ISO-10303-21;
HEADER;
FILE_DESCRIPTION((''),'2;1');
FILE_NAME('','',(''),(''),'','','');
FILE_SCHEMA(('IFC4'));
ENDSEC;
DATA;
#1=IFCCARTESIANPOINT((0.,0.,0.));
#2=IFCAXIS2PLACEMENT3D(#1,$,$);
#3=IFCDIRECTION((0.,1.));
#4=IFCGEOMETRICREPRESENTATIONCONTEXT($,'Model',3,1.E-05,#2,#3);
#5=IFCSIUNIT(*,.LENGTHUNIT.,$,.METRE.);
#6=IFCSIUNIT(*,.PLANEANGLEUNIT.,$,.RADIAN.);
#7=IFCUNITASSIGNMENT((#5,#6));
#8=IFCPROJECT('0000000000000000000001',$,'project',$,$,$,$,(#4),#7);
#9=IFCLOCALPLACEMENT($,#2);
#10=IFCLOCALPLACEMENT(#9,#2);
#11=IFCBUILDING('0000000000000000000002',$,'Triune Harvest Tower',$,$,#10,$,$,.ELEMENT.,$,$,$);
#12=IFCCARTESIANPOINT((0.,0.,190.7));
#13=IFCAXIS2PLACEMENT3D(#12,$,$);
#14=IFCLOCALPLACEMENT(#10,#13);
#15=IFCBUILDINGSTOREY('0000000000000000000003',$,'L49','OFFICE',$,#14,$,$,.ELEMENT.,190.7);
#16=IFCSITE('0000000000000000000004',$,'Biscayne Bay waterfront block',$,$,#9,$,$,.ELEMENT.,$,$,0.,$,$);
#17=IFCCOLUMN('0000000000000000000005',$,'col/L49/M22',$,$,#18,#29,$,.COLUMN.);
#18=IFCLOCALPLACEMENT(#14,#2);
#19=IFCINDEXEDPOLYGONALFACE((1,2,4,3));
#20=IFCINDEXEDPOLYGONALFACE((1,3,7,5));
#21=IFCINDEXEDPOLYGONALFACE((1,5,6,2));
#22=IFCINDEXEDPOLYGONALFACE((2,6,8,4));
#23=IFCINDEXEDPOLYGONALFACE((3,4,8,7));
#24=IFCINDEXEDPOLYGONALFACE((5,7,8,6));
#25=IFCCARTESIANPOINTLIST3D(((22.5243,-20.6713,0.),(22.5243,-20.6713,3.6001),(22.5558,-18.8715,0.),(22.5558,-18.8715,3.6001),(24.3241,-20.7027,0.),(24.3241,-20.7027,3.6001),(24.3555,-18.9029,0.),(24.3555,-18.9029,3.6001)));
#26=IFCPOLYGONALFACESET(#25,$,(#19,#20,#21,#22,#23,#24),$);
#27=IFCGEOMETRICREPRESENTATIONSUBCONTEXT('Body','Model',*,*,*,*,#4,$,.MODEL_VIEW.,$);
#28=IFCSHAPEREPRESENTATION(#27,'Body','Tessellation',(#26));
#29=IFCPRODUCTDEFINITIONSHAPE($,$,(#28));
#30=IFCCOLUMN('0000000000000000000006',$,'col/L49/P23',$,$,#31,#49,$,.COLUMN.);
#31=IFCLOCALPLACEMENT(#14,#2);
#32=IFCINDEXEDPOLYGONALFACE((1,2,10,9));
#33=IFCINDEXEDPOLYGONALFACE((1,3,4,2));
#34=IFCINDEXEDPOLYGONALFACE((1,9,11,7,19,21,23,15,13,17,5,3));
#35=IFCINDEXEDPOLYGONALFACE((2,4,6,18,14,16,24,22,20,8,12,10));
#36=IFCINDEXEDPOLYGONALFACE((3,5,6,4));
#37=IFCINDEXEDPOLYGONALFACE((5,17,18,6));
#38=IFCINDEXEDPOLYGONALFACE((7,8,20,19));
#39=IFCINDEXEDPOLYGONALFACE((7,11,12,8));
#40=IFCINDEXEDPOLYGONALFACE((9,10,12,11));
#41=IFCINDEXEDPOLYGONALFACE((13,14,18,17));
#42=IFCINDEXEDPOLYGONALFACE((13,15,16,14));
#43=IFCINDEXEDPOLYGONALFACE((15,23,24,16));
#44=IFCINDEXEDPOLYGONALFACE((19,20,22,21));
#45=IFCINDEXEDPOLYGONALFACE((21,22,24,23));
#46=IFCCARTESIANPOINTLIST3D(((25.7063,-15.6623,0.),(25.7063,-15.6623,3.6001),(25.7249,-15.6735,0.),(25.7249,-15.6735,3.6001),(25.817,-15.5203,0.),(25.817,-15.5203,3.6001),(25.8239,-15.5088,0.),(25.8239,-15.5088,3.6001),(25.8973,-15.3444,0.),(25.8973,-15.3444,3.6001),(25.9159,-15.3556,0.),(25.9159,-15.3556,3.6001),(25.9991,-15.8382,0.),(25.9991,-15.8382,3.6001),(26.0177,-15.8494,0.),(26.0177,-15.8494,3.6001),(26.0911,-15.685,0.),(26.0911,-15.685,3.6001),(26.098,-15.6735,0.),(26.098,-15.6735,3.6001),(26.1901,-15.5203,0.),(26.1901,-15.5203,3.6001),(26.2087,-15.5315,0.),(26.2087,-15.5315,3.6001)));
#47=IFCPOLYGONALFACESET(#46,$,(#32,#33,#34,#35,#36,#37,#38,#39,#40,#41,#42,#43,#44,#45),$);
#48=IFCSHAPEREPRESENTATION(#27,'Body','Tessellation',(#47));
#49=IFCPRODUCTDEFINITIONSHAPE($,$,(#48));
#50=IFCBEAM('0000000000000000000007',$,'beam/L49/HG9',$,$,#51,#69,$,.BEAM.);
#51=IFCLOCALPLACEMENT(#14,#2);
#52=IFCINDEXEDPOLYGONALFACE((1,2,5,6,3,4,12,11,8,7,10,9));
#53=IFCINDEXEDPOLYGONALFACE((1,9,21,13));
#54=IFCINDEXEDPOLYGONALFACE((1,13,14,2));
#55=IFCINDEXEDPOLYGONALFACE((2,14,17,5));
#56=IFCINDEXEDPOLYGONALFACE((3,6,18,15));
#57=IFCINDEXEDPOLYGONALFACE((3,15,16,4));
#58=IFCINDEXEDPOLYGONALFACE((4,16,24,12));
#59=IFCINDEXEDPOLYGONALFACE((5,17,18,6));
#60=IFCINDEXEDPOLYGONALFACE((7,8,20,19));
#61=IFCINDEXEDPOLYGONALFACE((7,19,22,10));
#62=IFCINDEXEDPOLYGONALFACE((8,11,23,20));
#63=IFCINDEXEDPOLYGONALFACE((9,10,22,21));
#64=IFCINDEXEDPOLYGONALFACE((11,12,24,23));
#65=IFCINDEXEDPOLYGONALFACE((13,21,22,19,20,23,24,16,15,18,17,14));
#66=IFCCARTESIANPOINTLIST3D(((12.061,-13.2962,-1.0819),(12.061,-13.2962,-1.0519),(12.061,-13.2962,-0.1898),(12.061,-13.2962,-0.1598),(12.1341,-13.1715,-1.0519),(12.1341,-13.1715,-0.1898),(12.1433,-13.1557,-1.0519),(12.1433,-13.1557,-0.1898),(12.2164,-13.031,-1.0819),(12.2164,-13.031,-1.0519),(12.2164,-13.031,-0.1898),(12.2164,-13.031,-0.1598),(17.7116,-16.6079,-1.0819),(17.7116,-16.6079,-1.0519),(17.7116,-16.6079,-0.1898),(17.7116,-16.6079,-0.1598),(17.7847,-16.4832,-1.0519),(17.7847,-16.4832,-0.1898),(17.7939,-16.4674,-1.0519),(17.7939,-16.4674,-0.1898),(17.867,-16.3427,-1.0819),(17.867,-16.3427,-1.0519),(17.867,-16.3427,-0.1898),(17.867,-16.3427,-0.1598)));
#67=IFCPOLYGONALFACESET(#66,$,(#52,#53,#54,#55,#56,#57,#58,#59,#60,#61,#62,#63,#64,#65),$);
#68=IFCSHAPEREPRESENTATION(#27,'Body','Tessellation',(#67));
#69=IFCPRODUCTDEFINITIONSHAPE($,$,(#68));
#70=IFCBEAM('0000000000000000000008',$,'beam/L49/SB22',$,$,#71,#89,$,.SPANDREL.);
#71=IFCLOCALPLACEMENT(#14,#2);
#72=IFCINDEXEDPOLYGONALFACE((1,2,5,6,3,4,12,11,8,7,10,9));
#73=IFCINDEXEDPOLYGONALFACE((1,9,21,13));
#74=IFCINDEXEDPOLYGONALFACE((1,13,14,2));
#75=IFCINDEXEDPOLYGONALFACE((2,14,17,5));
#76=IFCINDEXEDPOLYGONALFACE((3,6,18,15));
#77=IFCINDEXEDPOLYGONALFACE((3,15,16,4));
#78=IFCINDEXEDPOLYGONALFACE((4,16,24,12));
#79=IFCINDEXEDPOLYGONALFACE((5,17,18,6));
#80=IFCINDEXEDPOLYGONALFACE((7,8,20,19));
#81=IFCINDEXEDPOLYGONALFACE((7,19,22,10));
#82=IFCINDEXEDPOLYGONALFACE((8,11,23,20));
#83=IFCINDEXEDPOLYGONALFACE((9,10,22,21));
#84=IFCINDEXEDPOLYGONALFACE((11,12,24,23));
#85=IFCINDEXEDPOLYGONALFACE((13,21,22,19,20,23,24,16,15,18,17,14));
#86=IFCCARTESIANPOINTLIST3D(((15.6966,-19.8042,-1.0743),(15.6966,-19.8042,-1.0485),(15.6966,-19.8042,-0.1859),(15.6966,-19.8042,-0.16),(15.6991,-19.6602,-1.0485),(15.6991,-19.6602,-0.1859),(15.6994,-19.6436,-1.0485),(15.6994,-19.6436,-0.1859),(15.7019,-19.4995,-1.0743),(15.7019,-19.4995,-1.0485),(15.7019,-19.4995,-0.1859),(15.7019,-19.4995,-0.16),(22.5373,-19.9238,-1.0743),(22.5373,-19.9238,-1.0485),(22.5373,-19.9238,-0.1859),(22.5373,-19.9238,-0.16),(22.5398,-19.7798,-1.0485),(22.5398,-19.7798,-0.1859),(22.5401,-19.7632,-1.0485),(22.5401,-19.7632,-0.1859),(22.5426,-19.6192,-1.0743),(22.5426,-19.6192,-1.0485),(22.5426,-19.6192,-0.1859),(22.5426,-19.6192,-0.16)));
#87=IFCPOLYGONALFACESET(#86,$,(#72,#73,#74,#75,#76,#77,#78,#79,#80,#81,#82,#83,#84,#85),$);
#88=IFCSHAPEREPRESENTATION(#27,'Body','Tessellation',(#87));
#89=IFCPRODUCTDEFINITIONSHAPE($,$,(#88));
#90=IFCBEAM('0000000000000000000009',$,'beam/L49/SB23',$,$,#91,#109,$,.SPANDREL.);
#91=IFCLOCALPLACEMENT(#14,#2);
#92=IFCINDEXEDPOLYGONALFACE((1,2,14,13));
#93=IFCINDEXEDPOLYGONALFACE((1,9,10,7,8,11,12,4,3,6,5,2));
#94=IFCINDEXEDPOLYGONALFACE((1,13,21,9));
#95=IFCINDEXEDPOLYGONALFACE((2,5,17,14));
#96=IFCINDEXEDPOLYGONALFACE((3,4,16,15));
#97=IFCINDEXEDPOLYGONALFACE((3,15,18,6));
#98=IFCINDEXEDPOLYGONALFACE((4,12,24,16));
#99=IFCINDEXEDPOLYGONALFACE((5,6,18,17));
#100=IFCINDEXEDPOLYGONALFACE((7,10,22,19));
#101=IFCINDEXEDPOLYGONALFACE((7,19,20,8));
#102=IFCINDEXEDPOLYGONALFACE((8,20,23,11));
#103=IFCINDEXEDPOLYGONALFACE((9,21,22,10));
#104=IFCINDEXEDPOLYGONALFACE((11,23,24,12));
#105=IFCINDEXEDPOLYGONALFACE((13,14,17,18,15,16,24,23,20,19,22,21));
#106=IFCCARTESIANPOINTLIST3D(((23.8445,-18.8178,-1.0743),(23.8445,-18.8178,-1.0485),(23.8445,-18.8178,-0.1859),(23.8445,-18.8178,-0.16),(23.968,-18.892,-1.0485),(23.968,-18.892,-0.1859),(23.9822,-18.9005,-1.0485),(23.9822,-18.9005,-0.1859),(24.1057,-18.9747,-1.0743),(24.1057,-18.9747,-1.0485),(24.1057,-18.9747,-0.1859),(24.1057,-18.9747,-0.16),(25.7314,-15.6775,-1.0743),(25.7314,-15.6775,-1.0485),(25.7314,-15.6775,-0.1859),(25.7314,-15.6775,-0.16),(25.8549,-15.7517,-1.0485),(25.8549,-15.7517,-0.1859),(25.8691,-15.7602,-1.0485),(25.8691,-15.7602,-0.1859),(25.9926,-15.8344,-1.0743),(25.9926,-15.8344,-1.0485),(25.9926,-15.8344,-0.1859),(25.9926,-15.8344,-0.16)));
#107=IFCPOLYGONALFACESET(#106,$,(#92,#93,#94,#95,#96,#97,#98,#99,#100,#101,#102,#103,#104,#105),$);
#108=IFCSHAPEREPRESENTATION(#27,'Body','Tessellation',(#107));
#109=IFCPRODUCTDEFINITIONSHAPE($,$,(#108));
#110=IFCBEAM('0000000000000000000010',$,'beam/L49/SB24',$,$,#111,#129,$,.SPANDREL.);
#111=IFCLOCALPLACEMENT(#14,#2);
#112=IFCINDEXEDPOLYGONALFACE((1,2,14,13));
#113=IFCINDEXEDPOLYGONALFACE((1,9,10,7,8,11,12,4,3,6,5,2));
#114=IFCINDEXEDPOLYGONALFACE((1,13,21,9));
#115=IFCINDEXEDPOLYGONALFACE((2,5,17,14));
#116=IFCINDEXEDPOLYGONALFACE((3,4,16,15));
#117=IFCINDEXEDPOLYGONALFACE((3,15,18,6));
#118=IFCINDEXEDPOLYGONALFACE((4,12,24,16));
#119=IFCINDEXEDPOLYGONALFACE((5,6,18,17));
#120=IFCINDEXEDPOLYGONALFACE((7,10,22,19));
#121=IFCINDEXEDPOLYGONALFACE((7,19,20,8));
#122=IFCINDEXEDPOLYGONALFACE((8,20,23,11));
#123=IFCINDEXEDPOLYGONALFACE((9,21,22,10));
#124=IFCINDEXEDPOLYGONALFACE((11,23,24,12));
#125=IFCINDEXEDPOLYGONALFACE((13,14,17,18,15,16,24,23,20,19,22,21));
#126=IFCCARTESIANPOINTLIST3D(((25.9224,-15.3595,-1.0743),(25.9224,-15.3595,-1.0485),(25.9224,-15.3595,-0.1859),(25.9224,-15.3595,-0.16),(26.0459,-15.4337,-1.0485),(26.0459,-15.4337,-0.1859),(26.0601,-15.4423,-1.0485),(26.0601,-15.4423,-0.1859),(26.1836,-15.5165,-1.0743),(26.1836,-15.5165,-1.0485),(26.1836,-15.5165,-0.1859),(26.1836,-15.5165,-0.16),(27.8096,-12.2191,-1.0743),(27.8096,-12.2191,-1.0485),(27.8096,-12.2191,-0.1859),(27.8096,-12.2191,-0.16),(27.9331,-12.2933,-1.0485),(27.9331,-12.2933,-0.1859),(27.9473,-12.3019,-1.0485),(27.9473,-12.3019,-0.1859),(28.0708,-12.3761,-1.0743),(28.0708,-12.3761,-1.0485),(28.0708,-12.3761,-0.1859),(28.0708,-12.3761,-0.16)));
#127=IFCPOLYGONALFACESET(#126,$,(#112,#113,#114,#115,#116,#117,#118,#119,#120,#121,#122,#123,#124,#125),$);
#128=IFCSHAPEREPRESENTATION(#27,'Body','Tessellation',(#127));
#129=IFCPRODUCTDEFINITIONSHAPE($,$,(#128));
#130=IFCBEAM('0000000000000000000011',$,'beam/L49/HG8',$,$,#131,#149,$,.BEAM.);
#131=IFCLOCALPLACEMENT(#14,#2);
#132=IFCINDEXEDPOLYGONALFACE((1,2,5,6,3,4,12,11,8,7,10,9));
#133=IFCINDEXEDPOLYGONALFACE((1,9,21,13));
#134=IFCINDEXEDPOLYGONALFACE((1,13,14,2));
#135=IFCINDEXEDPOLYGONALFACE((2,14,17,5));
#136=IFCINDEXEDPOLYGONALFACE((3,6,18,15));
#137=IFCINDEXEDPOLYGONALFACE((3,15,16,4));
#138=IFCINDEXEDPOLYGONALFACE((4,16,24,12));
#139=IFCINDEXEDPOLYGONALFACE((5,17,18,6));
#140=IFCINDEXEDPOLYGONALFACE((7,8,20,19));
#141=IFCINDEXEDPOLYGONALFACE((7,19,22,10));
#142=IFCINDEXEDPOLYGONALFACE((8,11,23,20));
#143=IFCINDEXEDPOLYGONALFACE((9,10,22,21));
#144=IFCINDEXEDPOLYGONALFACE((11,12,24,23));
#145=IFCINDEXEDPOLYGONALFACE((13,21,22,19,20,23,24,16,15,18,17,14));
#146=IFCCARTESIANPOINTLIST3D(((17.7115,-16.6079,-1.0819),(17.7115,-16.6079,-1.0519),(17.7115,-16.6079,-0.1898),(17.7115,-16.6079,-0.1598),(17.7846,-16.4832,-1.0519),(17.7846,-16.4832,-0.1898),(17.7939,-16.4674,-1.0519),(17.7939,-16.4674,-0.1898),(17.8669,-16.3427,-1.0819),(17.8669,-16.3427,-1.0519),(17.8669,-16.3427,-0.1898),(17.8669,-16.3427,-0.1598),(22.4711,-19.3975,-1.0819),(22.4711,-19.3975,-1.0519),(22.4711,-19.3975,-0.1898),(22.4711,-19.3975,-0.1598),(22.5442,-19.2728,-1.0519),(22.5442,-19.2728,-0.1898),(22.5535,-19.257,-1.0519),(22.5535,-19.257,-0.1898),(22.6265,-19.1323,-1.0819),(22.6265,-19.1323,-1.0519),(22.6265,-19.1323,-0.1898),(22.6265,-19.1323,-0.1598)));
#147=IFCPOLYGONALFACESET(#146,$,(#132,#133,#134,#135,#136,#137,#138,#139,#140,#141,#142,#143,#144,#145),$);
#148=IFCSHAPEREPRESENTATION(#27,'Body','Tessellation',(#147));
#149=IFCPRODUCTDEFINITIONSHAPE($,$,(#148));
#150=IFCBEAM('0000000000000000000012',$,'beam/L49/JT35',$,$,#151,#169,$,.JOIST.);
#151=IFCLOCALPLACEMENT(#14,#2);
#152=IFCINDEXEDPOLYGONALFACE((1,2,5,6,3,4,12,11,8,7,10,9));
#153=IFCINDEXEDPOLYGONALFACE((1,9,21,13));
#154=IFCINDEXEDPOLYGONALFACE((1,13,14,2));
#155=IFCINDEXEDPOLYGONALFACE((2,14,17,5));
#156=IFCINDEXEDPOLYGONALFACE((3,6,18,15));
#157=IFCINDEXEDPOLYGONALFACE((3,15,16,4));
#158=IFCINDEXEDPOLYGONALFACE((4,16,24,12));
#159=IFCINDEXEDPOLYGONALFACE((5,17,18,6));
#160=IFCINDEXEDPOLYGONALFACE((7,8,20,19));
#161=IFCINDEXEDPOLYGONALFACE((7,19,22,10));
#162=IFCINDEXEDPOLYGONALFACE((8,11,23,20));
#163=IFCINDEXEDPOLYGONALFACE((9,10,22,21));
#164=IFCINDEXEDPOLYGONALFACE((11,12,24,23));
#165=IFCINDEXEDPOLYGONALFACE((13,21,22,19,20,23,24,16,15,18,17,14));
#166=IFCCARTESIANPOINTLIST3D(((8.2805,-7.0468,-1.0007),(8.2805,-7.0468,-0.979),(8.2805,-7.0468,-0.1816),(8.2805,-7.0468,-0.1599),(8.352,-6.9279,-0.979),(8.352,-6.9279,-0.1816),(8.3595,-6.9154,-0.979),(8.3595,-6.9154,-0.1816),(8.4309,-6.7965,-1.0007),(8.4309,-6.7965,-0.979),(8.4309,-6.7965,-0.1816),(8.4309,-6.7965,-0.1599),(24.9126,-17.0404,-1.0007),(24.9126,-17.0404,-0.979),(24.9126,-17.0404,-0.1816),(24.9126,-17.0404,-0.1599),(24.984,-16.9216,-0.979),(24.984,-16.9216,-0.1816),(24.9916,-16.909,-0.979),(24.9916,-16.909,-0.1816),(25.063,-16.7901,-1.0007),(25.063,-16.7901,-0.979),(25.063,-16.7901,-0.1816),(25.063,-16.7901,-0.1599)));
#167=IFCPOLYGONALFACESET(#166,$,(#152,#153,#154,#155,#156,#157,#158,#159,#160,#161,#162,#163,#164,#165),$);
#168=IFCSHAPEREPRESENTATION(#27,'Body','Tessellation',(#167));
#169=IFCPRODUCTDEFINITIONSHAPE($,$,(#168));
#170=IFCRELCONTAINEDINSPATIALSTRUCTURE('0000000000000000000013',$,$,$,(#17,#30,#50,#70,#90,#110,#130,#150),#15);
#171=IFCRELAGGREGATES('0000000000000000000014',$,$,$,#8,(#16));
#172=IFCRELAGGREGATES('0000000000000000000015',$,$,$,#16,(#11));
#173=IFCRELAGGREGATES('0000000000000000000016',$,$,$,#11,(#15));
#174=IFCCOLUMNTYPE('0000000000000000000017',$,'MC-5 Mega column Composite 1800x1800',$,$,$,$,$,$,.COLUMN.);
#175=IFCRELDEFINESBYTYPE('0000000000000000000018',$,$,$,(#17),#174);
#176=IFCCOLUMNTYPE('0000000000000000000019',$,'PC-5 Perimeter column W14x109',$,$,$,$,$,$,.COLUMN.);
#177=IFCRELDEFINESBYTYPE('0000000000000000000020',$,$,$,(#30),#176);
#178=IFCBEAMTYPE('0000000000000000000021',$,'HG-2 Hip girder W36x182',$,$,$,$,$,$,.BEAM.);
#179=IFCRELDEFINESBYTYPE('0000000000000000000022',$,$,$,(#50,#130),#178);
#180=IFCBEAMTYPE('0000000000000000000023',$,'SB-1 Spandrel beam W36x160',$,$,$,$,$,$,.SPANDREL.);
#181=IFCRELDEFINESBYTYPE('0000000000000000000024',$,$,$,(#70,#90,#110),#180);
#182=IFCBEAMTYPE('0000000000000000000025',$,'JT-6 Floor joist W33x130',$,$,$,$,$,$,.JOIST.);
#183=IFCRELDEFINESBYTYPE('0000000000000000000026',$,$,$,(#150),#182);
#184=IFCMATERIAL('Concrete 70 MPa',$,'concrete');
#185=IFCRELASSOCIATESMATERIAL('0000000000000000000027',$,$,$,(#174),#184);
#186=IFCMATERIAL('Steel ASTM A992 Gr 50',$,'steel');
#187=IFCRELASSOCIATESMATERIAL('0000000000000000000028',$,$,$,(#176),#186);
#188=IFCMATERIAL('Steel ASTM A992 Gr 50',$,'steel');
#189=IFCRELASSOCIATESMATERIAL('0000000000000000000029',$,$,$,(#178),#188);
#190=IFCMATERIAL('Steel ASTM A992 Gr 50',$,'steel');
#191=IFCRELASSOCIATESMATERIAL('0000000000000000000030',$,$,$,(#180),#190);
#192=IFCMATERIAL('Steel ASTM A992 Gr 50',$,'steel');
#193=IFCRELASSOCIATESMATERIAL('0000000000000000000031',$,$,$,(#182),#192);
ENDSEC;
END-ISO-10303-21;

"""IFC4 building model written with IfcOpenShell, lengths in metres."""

from ifc_helpers import new_model, si_unit, direction, frame, origin, origin_2d, place, context, subcontext, project, spatial, rectangle, i_section, extrude, source, transform, mapped, material, material_profile, profile_set, type_object, element, save


model = new_model("IFC4")

# Units and contexts
model_context = context("Model", 3, precision=1e-05, world=origin(), true_north=direction((0.0, 1.0)))
body_context = subcontext(model_context, "Body", "Model", "MODEL_VIEW")
ifc_project = project(units=[si_unit("LENGTHUNIT", "METRE"), si_unit("PLANEANGLEUNIT", "RADIAN")], contexts=[model_context])

# Site, building, storey
site_placement = place(None, origin())
site = spatial("IfcSite", under=ifc_project, at=site_placement, Name="Biscayne Bay waterfront block", CompositionType="ELEMENT", RefElevation=0.0)
building_placement = place(site_placement, origin())
building = spatial("IfcBuilding", under=site, at=building_placement, Name="Triune Harvest Tower", CompositionType="ELEMENT")
storey_placement = place(building_placement, frame((0.0, 0.0, 190.7)))
storey = spatial("IfcBuildingStorey", under=building, at=storey_placement, Name="L49", Description="OFFICE", CompositionType="ELEMENT", Elevation=190.7)

# Columns
ifc_material_1 = material(Name="Concrete 70 MPa", Category="concrete")
ifc_material_profile_1 = material_profile(ifc_material_1, rectangle(XDim=1.8, YDim=1.8, at=origin_2d()), Name="Composite 1800x1800")
ifc_profile_set_1 = profile_set([ifc_material_profile_1], Name="Concrete 70 MPa")
column_type_1 = type_object("IfcColumnType", Name="MC-5 Mega column Composite 1800x1800", PredefinedType="COLUMN", material=ifc_profile_set_1)
shared_shape_1 = source(origin(), body_context, "Body", "SweptSolid", [
    extrude(rectangle(XDim=1.8, YDim=1.8, at=origin_2d()), origin(), (0.0, 0.0, 1.0), 3.6001),
])
column_1_placement = place(storey_placement, frame((23.4399, -19.7871, 0.0), z_axis=(0.0, 0.0, 1.0), x_axis=(0.999848, -0.017452, 0.0)))
element("IfcColumn", 1, at=column_1_placement, inside=storey, type_object=column_type_1, Name="col/L49/M22", PredefinedType="COLUMN", context=body_context, shape_type="MappedRepresentation", body=[
    mapped(shared_shape_1, transform((0.0, 0.0, 0.0), scale=1.0)),
])
ifc_material_2 = material(Name="Steel ASTM A992 Gr 50", Category="steel")
ifc_material_profile_2 = material_profile(ifc_material_2, i_section(OverallWidth=0.3708, OverallDepth=0.3633, WebThickness=0.0134, FlangeThickness=0.0217, at=origin_2d()), Name="W14x109")
ifc_profile_set_2 = profile_set([ifc_material_profile_2], Name="Steel ASTM A992 Gr 50")
column_type_2 = type_object("IfcColumnType", Name="PC-5 Perimeter column W14x109", PredefinedType="COLUMN", material=ifc_profile_set_2)
shared_shape_2 = source(origin(), body_context, "Body", "SweptSolid", [
    extrude(i_section(OverallWidth=0.3708, OverallDepth=0.3633, WebThickness=0.0134, FlangeThickness=0.0217, at=origin_2d()), origin(), (0.0, 0.0, 1.0), 3.6001),
])
column_2_placement = place(storey_placement, frame((25.9575, -15.5969, 0.0), z_axis=(0.0, 0.0, 1.0), x_axis=(0.51504, 0.857166, 0.0)))
element("IfcColumn", 2, at=column_2_placement, inside=storey, type_object=column_type_2, Name="col/L49/P23", PredefinedType="COLUMN", context=body_context, shape_type="MappedRepresentation", body=[
    mapped(shared_shape_2, transform((0.0, 0.0, 0.0), scale=1.0)),
])

# Beams
ifc_material_3 = material(Name="Steel ASTM A992 Gr 50", Category="steel")
ifc_material_profile_3 = material_profile(ifc_material_3, i_section(OverallWidth=0.3074, OverallDepth=0.9221, WebThickness=0.0183, FlangeThickness=0.03, at=origin_2d()), Name="W36x182")
ifc_profile_set_3 = profile_set([ifc_material_profile_3], Name="Steel ASTM A992 Gr 50")
beam_type_1 = type_object("IfcBeamType", Name="HG-2 Hip girder W36x182", PredefinedType="BEAM", material=ifc_profile_set_3)
shared_shape_3 = source(origin(), body_context, "Body", "SweptSolid", [
    extrude(i_section(OverallWidth=0.3074, OverallDepth=0.9221, WebThickness=0.0183, FlangeThickness=0.03, at=origin_2d()), origin(), (0.0, 0.0, 1.0), 6.5496),
])
beam_1_placement = place(storey_placement, frame((17.7893, -16.4753, -0.6208), z_axis=(-0.862743, 0.505643, 0.0), x_axis=(-0.505643, -0.862743, 0.0)))
element("IfcBeam", 3, at=beam_1_placement, inside=storey, type_object=beam_type_1, Name="beam/L49/HG9", PredefinedType="BEAM", context=body_context, shape_type="MappedRepresentation", body=[
    mapped(shared_shape_3, transform((0.0, 0.0, 0.0), scale=1.0)),
])
ifc_material_4 = material(Name="Steel ASTM A992 Gr 50", Category="steel")
ifc_material_profile_4 = material_profile(ifc_material_4, i_section(OverallWidth=0.3047, OverallDepth=0.9143, WebThickness=0.0166, FlangeThickness=0.0259, at=origin_2d()), Name="W36x160")
ifc_profile_set_4 = profile_set([ifc_material_profile_4], Name="Steel ASTM A992 Gr 50")
beam_type_2 = type_object("IfcBeamType", Name="SB-1 Spandrel beam W36x160", PredefinedType="SPANDREL", material=ifc_profile_set_4)
shared_shape_4 = source(origin(), body_context, "Body", "SweptSolid", [
    extrude(i_section(OverallWidth=0.3047, OverallDepth=0.9143, WebThickness=0.0166, FlangeThickness=0.0259, at=origin_2d()), origin(), (0.0, 0.0, 1.0), 6.8418),
])
beam_2_placement = place(storey_placement, frame((15.6992, -19.6519, -0.6172), z_axis=(0.999847, -0.017485, 0.0), x_axis=(0.017485, 0.999847, 0.0)))
element("IfcBeam", 4, at=beam_2_placement, inside=storey, type_object=beam_type_2, Name="beam/L49/SB22", PredefinedType="SPANDREL", context=body_context, shape_type="MappedRepresentation", body=[
    mapped(shared_shape_4, transform((0.0, 0.0, 0.0), scale=1.0)),
])
shared_shape_5 = source(origin(), body_context, "Body", "SweptSolid", [
    extrude(i_section(OverallWidth=0.3047, OverallDepth=0.9143, WebThickness=0.0166, FlangeThickness=0.0259, at=origin_2d()), origin(), (0.0, 0.0, 1.0), 3.6636),
])
beam_3_placement = place(storey_placement, frame((23.9751, -18.8962, -0.6172), z_axis=(0.515044, 0.857163, 0.0), x_axis=(-0.857163, 0.515044, 0.0)))
element("IfcBeam", 5, at=beam_3_placement, inside=storey, type_object=beam_type_2, Name="beam/L49/SB23", PredefinedType="SPANDREL", context=body_context, shape_type="MappedRepresentation", body=[
    mapped(shared_shape_5, transform((0.0, 0.0, 0.0), scale=1.0)),
])
shared_shape_6 = source(origin(), body_context, "Body", "SweptSolid", [
    extrude(i_section(OverallWidth=0.3047, OverallDepth=0.9143, WebThickness=0.0166, FlangeThickness=0.0259, at=origin_2d()), origin(), (0.0, 0.0, 1.0), 3.6638),
])
beam_4_placement = place(storey_placement, frame((26.053, -15.438, -0.6172), z_axis=(0.515093, 0.857134, 0.0), x_axis=(-0.857134, 0.515093, 0.0)))
element("IfcBeam", 6, at=beam_4_placement, inside=storey, type_object=beam_type_2, Name="beam/L49/SB24", PredefinedType="SPANDREL", context=body_context, shape_type="MappedRepresentation", body=[
    mapped(shared_shape_6, transform((0.0, 0.0, 0.0), scale=1.0)),
])
shared_shape_7 = source(origin(), body_context, "Body", "SweptSolid", [
    extrude(i_section(OverallWidth=0.3074, OverallDepth=0.9221, WebThickness=0.0183, FlangeThickness=0.03, at=origin_2d()), origin(), (0.0, 0.0, 1.0), 5.5168),
])
beam_5_placement = place(storey_placement, frame((22.5488, -19.2649, -0.6208), z_axis=(-0.862739, 0.50565, 0.0), x_axis=(-0.50565, -0.862739, 0.0)))
element("IfcBeam", 7, at=beam_5_placement, inside=storey, type_object=beam_type_1, Name="beam/L49/HG8", PredefinedType="BEAM", context=body_context, shape_type="MappedRepresentation", body=[
    mapped(shared_shape_7, transform((0.0, 0.0, 0.0), scale=1.0)),
])
ifc_material_5 = material(Name="Steel ASTM A992 Gr 50", Category="steel")
ifc_material_profile_5 = material_profile(ifc_material_5, i_section(OverallWidth=0.292, OverallDepth=0.8408, WebThickness=0.0146, FlangeThickness=0.0217, at=origin_2d()), Name="W33x130")
ifc_profile_set_5 = profile_set([ifc_material_profile_5], Name="Steel ASTM A992 Gr 50")
beam_type_3 = type_object("IfcBeamType", Name="JT-6 Floor joist W33x130", PredefinedType="JOIST", material=ifc_profile_set_5)
shared_shape_8 = source(origin(), body_context, "Body", "SweptSolid", [
    extrude(i_section(OverallWidth=0.292, OverallDepth=0.8408, WebThickness=0.0146, FlangeThickness=0.0217, at=origin_2d()), origin(), (0.0, 0.0, 1.0), 19.4036),
])
beam_6_placement = place(storey_placement, frame((24.9878, -16.9153, -0.5803), z_axis=(-0.857165, 0.515041, 0.0), x_axis=(-0.515041, -0.857165, 0.0)))
element("IfcBeam", 8, at=beam_6_placement, inside=storey, type_object=beam_type_3, Name="beam/L49/JT35", PredefinedType="JOIST", context=body_context, shape_type="MappedRepresentation", body=[
    mapped(shared_shape_8, transform((0.0, 0.0, 0.0), scale=1.0)),
])

save(model, "model.ifc")
